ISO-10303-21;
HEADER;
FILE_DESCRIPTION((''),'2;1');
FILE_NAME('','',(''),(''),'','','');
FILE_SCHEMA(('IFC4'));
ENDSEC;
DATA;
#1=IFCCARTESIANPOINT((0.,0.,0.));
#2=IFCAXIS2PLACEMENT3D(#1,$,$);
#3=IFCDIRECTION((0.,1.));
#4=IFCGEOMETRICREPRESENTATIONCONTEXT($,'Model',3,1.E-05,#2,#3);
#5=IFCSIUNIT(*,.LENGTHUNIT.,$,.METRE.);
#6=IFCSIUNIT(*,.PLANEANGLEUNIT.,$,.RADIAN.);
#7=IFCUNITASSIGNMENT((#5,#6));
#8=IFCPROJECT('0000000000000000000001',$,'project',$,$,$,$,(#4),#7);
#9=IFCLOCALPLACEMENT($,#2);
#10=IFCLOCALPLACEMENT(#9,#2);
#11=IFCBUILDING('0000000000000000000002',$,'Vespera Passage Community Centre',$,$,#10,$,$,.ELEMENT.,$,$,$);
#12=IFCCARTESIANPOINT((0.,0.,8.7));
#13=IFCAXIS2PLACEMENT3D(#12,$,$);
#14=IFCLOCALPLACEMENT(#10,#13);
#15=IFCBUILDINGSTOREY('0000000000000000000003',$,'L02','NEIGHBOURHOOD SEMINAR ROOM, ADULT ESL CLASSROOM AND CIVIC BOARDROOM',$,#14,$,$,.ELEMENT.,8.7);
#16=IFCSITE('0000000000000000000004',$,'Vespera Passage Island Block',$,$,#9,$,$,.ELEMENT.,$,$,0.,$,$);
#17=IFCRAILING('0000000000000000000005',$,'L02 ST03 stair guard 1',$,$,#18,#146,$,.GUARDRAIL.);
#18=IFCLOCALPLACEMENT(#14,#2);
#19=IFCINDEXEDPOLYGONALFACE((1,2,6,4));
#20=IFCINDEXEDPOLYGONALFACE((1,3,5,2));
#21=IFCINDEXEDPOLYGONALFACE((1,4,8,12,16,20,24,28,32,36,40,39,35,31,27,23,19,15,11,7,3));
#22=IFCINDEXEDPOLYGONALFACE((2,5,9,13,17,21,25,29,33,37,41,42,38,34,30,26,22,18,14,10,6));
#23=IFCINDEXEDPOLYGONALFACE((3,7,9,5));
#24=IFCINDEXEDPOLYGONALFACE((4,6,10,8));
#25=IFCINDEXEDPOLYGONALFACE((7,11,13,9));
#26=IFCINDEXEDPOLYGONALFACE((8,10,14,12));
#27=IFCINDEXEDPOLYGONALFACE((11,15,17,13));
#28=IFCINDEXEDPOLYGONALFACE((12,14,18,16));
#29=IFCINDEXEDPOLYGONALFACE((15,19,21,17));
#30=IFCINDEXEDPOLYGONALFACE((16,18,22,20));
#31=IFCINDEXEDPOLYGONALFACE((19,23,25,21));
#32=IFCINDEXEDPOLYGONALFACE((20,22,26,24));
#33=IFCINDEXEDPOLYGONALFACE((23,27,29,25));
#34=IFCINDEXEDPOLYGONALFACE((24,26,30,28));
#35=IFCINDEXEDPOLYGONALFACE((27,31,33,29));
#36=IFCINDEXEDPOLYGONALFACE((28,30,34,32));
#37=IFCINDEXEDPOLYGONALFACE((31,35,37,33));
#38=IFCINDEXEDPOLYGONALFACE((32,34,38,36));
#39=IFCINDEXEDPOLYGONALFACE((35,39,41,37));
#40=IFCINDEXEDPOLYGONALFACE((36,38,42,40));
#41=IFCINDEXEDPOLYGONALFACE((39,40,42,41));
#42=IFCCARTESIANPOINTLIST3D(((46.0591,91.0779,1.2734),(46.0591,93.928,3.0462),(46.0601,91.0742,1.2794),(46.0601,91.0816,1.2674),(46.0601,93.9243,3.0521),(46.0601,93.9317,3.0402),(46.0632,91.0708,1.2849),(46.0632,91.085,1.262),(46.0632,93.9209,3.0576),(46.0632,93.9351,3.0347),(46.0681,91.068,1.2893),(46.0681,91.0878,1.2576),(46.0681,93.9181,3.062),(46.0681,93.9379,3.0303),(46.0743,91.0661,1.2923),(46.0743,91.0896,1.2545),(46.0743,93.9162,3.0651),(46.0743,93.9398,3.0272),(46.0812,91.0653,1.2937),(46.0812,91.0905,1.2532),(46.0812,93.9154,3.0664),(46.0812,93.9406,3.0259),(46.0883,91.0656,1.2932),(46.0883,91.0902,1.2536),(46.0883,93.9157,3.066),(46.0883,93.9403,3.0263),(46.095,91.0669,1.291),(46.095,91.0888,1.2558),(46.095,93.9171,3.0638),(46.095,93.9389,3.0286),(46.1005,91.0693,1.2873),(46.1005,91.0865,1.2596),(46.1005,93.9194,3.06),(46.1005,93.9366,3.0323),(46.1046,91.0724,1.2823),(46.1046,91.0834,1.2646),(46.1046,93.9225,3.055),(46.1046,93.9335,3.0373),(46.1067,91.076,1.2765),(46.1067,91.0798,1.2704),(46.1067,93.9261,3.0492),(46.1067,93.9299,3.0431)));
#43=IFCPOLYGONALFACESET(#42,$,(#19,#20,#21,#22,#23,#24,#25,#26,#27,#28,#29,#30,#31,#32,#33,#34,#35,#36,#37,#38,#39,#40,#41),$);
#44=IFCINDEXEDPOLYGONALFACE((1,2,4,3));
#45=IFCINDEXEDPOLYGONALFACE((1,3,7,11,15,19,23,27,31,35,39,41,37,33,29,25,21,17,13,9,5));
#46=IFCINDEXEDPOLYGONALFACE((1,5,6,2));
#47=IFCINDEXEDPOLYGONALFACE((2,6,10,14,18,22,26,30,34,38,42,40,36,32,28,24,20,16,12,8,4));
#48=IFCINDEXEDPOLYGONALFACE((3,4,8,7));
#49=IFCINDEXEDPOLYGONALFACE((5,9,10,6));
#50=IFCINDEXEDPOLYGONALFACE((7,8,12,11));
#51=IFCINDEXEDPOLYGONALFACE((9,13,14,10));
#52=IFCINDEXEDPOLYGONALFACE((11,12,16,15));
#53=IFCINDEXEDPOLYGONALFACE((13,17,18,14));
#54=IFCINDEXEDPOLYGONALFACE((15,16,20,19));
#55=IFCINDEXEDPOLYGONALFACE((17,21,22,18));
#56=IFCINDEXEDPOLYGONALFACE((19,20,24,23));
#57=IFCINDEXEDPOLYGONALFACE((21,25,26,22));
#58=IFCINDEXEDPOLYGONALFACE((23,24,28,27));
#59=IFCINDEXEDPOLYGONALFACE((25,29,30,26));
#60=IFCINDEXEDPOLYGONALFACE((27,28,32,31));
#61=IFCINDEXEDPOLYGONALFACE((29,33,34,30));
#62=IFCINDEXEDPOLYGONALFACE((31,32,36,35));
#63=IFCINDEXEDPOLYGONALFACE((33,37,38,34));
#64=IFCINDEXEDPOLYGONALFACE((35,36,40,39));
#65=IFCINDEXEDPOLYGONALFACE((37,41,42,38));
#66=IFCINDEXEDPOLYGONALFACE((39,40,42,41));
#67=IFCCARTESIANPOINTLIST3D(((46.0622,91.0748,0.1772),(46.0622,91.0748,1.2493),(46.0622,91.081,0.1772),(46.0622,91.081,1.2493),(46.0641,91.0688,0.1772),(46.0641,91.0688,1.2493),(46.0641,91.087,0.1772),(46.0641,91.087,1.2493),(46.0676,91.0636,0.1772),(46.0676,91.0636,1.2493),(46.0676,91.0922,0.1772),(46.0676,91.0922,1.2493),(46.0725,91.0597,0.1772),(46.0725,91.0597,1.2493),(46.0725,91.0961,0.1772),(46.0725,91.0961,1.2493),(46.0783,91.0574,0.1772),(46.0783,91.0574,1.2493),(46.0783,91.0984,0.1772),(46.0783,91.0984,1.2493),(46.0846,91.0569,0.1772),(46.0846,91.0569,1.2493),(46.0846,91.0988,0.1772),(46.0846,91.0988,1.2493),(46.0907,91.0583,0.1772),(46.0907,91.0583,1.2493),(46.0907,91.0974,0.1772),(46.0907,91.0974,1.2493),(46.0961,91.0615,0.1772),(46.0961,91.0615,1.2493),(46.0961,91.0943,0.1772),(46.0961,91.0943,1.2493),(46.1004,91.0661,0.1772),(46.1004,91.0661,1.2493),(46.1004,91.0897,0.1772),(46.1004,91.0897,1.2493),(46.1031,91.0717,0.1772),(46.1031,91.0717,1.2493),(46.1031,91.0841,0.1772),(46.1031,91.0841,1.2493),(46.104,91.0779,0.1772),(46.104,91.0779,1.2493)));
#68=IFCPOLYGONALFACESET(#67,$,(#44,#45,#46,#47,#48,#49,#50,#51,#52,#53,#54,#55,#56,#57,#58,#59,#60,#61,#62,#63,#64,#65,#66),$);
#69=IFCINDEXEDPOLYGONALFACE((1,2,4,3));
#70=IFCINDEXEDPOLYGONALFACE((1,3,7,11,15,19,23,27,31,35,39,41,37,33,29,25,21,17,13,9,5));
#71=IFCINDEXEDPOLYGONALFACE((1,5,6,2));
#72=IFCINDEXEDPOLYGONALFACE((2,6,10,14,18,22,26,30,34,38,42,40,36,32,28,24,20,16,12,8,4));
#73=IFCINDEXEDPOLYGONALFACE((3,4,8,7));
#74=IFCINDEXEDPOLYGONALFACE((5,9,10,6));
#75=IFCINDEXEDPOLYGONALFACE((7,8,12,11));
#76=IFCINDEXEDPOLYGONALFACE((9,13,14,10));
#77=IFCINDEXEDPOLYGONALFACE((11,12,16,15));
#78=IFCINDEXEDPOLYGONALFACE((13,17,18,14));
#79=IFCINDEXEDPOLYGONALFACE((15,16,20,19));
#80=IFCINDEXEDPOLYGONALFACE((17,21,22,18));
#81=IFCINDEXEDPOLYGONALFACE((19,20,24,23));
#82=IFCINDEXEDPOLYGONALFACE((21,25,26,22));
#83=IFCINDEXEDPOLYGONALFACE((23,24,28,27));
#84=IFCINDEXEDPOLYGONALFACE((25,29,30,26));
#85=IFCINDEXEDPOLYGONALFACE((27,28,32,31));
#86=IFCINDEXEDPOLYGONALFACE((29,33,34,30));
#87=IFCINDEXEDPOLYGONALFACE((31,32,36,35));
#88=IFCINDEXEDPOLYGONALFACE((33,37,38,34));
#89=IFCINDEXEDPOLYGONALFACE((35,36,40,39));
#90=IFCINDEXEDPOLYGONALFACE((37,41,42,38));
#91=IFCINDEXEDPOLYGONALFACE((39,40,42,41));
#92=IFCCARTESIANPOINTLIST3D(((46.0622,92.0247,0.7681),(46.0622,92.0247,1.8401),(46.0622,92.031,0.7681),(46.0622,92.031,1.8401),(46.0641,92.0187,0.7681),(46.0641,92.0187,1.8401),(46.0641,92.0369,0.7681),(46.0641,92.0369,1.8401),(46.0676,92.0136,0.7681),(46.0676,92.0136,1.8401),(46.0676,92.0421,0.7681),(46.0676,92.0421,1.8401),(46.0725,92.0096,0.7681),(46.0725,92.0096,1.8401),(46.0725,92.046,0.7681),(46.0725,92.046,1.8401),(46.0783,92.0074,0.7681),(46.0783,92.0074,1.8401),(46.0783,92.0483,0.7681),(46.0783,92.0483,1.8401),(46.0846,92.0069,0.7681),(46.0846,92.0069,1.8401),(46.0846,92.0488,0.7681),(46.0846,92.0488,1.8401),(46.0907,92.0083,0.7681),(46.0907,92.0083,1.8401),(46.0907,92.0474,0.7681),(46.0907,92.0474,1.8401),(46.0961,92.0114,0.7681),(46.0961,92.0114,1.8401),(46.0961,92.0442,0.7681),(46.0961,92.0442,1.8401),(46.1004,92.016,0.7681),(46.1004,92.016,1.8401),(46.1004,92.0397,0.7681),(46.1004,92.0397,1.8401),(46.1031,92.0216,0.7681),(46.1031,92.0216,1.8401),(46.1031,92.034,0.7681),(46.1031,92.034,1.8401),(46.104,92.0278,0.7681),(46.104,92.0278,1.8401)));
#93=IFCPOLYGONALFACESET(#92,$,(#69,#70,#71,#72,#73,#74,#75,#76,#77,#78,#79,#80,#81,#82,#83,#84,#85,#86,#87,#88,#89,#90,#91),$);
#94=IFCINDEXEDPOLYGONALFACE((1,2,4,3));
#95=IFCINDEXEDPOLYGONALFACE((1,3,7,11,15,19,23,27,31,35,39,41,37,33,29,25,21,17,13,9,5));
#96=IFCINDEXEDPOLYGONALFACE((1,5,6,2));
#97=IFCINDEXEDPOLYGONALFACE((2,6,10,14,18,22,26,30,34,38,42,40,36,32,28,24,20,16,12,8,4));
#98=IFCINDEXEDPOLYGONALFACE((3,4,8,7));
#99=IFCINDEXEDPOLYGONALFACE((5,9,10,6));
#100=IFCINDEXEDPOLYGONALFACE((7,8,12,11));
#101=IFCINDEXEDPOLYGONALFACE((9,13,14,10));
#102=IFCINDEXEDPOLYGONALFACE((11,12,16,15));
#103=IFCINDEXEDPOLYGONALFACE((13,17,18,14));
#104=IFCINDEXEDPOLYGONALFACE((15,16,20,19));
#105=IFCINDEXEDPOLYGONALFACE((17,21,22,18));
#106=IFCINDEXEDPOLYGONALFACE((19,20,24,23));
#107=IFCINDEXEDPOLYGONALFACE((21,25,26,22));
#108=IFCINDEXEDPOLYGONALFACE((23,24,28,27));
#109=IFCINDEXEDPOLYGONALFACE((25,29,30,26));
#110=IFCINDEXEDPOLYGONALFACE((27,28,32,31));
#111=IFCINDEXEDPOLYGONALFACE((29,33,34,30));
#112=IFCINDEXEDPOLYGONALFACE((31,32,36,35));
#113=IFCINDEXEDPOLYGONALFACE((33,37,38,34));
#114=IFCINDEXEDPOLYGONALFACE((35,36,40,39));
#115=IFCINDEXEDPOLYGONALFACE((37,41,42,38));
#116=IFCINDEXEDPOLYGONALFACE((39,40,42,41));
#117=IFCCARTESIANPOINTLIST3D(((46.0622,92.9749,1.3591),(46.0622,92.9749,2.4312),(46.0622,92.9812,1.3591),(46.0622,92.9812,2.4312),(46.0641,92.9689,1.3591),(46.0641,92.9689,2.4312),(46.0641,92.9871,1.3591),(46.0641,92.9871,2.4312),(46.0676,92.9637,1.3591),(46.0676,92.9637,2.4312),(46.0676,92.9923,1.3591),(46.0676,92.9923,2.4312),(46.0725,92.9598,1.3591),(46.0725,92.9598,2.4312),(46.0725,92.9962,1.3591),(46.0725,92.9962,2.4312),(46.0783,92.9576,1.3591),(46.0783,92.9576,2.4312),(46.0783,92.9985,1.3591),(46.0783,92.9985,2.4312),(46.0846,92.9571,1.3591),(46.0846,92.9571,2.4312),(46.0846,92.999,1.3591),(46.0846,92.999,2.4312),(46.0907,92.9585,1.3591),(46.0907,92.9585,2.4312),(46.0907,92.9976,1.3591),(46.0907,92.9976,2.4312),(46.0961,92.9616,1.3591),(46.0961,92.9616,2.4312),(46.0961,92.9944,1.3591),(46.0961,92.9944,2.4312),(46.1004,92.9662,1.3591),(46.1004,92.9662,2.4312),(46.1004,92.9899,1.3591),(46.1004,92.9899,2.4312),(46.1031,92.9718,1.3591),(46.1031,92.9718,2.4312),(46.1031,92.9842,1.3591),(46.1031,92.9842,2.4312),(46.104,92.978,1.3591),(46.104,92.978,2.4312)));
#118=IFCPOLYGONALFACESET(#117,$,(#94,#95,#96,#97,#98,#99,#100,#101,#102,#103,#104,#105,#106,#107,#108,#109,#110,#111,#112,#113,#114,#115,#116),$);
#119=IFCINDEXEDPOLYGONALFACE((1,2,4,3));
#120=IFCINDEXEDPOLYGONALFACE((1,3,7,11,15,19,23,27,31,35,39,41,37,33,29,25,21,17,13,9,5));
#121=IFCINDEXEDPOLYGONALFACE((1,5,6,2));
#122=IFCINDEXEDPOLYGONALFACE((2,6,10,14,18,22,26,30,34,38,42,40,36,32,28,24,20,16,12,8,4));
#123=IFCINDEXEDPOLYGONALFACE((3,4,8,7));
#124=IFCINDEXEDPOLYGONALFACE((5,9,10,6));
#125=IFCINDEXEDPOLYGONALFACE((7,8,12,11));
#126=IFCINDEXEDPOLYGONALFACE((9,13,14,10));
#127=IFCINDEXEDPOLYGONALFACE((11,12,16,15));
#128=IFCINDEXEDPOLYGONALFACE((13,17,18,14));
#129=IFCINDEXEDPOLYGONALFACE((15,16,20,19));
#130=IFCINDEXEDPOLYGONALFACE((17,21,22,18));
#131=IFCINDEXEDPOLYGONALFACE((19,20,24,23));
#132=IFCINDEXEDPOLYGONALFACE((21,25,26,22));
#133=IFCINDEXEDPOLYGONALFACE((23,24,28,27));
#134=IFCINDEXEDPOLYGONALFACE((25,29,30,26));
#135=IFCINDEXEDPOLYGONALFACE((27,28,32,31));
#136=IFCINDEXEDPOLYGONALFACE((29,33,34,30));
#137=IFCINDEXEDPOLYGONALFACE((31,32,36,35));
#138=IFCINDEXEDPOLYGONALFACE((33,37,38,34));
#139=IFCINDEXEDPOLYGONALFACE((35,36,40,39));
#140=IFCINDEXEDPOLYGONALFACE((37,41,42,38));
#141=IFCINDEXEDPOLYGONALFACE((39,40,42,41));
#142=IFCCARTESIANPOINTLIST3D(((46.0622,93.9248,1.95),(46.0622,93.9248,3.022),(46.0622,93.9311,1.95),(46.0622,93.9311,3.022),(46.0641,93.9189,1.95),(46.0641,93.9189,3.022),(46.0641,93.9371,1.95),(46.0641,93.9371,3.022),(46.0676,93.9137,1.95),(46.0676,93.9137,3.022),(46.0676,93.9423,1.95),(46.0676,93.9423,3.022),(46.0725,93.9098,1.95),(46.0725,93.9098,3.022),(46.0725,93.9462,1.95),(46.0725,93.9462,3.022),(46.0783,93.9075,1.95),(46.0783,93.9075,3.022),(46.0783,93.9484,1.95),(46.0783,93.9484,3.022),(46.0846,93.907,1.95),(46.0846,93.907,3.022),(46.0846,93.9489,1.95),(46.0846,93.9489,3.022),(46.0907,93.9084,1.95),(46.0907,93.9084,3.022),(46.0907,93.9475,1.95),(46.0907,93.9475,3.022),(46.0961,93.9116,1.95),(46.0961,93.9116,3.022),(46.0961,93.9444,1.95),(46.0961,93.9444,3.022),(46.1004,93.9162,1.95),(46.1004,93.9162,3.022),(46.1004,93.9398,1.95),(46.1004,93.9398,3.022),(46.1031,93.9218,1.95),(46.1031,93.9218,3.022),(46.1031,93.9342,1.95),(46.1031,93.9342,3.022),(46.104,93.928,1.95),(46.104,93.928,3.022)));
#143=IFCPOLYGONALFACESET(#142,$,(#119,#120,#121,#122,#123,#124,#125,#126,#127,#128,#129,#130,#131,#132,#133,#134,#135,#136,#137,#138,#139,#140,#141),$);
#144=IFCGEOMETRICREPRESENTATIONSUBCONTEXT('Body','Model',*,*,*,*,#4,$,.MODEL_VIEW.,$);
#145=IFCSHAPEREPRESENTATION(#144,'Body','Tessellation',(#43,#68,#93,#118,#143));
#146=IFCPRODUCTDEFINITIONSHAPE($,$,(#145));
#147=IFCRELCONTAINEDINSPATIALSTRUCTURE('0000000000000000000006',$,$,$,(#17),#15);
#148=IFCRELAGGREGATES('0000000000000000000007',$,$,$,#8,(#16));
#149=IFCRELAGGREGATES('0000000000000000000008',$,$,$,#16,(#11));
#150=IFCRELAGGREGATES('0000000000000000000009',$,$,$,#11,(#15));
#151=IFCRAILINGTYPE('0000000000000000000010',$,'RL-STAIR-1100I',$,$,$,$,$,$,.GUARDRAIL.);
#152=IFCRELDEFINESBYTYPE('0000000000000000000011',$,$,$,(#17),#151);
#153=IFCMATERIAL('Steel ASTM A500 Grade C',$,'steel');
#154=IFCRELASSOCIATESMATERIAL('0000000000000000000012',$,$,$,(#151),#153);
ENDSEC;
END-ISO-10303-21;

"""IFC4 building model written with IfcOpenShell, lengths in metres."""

from ifc_helpers import new_model, si_unit, direction, frame, origin, origin_2d, place, context, subcontext, project, spatial, circle, extrude, material, type_object, element, save


model = new_model("IFC4")

# Units and contexts
model_context = context("Model", 3, precision=1e-05, world=origin(), true_north=direction((0.0, 1.0)))
body_context = subcontext(model_context, "Body", "Model", "MODEL_VIEW")
ifc_project = project(units=[si_unit("LENGTHUNIT", "METRE"), si_unit("PLANEANGLEUNIT", "RADIAN")], contexts=[model_context])

# Site, building, storey
site_placement = place(None, origin())
site = spatial("IfcSite", under=ifc_project, at=site_placement, Name="Vespera Passage Island Block", CompositionType="ELEMENT", RefElevation=0.0)
building_placement = place(site_placement, origin())
building = spatial("IfcBuilding", under=site, at=building_placement, Name="Vespera Passage Community Centre", CompositionType="ELEMENT")
storey_placement = place(building_placement, frame((0.0, 0.0, 8.7)))
storey = spatial("IfcBuildingStorey", under=building, at=storey_placement, Name="L02", Description="NEIGHBOURHOOD SEMINAR ROOM, ADULT ESL CLASSROOM AND CIVIC BOARDROOM", CompositionType="ELEMENT", Elevation=8.7)

# Railing
ifc_material_1 = material(Name="Steel ASTM A500 Grade C", Category="steel")
railing_type_1 = type_object("IfcRailingType", Name="RL-STAIR-1100I", PredefinedType="GUARDRAIL", material=ifc_material_1)
railing_1_placement = place(storey_placement, frame((46.083, 91.0779, 0.1772)))
element("IfcRailing", 1, at=railing_1_placement, inside=storey, type_object=railing_type_1, Name="L02 ST03 stair guard 1", PredefinedType="GUARDRAIL", context=body_context, shape_type="SweptSolid", body=[
    extrude(circle(Radius=0.0239, at=origin_2d()), frame((0.0, 0.0, 1.0962), z_axis=(0.0, 0.849149, 0.528154), x_axis=(-1.0, 0.0, 0.0)), (0.0, 0.0, 1.0), 3.3564),
    extrude(circle(Radius=0.021, at=origin_2d()), origin(), (0.0, 0.0, 1.0), 1.072),
    extrude(circle(Radius=0.021, at=origin_2d()), frame((0.0, 0.95, 0.5908)), (0.0, 0.0, 1.0), 1.072),
    extrude(circle(Radius=0.021, at=origin_2d()), frame((0.0, 1.9001, 1.1819)), (0.0, 0.0, 1.0), 1.072),
    extrude(circle(Radius=0.021, at=origin_2d()), frame((0.0, 2.8501, 1.7727)), (0.0, 0.0, 1.0), 1.072),
])

save(model, "model.ifc")
